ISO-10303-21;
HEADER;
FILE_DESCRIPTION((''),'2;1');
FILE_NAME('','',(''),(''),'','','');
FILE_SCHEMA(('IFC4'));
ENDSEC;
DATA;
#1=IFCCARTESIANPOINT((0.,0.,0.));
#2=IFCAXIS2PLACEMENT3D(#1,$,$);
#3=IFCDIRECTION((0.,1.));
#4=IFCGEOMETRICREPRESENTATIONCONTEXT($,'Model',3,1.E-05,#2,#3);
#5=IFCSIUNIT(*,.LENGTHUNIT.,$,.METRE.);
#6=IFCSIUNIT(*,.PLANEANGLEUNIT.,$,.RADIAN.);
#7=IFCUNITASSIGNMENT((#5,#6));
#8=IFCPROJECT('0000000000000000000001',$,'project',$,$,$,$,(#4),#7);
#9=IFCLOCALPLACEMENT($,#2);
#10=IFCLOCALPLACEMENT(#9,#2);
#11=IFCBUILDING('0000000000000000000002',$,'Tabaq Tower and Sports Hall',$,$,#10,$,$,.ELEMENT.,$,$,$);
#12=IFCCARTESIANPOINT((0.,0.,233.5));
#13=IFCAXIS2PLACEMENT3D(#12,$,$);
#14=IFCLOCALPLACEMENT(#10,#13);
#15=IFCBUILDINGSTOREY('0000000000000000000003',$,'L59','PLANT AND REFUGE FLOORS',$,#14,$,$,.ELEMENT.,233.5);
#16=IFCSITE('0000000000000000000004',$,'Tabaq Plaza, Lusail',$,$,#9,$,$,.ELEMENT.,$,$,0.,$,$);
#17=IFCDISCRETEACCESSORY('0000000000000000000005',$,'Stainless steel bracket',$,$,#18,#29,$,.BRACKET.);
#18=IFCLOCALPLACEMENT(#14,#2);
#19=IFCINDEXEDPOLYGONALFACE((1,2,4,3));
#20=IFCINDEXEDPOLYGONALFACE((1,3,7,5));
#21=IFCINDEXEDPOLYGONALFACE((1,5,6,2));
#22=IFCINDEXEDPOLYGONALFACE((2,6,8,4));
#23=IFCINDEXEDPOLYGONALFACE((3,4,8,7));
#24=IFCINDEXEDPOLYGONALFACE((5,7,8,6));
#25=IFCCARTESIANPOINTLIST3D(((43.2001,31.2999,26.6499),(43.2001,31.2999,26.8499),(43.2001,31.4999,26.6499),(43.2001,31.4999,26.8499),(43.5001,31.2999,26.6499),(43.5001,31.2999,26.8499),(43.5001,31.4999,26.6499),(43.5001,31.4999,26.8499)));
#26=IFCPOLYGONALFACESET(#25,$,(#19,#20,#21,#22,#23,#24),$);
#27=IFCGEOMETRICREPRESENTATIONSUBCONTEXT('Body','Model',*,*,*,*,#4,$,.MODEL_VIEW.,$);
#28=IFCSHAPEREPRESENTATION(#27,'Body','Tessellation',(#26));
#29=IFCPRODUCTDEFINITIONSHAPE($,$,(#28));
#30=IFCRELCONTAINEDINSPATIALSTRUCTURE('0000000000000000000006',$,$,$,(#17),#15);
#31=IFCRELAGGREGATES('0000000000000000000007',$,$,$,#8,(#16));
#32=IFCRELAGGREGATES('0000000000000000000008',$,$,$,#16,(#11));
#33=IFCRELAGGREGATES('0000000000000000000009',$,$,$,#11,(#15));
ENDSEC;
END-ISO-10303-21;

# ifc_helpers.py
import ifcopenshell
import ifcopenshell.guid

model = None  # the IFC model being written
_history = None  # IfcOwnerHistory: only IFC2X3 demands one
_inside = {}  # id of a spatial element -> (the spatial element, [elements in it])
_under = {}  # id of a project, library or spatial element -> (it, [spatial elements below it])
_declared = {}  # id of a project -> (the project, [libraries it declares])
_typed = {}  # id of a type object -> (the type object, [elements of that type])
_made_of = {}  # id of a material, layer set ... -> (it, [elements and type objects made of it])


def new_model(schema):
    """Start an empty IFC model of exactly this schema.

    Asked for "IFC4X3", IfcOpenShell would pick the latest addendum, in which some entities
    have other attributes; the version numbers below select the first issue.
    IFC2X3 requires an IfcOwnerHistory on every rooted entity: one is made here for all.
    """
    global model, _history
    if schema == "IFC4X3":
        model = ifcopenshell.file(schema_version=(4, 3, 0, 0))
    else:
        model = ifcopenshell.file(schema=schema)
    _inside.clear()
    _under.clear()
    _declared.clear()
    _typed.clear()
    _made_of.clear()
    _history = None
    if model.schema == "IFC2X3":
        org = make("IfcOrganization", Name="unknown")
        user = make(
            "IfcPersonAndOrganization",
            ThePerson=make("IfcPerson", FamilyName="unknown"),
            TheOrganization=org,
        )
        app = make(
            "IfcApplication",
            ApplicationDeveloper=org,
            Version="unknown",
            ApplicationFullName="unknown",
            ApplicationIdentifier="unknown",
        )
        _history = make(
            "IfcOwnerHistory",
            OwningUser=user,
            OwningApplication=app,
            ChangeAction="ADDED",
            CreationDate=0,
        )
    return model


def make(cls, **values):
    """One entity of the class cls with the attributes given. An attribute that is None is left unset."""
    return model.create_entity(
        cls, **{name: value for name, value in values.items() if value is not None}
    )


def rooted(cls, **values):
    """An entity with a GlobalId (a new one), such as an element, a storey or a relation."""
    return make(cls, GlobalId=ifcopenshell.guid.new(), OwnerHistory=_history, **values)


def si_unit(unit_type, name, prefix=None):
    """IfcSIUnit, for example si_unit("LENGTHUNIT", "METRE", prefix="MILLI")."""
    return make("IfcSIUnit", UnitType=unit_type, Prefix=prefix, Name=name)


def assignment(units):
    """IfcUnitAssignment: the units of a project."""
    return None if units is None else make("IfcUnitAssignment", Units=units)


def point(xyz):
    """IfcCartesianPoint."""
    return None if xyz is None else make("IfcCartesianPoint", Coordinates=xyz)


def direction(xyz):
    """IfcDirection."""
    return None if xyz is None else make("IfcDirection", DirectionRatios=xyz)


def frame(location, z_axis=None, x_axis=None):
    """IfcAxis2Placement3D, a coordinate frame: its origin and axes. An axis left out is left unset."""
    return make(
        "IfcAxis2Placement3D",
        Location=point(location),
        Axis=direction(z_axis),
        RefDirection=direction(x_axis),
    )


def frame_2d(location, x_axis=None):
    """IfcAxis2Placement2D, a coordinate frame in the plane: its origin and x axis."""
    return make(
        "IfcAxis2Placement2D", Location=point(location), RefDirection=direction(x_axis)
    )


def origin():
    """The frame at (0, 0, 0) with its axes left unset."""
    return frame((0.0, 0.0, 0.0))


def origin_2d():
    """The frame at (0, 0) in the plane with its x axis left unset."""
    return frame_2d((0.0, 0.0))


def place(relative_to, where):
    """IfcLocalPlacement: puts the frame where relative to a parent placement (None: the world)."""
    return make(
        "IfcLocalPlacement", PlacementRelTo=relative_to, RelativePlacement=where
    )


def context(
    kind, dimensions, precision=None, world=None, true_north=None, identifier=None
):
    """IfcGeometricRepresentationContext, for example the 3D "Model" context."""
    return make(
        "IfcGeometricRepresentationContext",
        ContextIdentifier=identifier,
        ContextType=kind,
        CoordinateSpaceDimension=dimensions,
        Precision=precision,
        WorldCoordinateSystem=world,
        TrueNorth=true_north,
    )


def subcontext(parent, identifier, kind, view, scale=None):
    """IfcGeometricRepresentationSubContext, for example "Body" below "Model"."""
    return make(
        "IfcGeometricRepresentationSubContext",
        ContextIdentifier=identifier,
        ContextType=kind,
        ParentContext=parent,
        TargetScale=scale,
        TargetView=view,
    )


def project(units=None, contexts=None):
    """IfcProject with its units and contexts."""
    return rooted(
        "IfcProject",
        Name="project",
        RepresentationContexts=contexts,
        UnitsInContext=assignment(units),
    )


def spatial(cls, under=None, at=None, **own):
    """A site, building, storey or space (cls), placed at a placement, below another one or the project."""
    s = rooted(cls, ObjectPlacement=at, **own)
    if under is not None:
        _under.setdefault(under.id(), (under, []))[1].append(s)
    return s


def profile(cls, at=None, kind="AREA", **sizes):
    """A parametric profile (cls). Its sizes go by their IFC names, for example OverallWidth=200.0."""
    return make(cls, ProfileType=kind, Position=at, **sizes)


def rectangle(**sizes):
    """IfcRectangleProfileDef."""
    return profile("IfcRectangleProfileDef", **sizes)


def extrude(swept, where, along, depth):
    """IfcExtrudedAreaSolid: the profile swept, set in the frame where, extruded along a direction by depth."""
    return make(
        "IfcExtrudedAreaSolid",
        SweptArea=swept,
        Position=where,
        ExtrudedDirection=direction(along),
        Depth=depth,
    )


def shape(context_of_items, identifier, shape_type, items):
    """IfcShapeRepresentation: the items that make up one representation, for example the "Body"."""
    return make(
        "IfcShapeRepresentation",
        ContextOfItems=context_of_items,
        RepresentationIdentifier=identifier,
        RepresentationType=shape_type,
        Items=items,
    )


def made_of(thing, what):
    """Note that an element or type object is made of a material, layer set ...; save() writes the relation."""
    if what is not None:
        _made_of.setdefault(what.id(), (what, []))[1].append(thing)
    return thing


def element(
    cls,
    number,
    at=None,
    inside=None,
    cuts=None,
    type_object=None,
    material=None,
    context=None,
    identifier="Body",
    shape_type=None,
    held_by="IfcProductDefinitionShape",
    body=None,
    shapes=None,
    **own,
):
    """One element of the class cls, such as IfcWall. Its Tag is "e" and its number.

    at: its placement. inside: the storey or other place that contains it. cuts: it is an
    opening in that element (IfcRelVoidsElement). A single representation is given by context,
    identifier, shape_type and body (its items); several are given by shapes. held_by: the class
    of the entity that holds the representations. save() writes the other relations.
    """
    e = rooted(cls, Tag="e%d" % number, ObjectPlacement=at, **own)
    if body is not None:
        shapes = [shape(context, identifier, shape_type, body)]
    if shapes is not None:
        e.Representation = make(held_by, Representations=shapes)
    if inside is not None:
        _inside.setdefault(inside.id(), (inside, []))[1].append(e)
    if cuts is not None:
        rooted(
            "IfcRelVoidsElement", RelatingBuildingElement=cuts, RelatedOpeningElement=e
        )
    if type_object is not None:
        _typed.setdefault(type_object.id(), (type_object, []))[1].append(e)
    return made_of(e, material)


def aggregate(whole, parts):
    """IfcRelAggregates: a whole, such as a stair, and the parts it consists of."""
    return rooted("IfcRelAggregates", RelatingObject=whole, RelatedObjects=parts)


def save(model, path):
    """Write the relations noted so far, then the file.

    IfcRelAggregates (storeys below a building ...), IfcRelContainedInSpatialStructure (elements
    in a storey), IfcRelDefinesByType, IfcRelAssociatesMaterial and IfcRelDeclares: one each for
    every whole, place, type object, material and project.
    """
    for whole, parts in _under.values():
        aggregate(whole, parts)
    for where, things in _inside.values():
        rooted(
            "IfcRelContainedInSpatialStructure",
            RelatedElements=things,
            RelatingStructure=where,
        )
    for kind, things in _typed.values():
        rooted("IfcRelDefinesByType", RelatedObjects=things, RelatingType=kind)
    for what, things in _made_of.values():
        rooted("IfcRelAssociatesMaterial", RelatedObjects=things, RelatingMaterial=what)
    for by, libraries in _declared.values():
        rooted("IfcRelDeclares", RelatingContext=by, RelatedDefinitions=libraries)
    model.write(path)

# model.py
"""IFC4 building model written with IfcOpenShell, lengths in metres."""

from ifc_helpers import new_model, si_unit, direction, frame, origin, origin_2d, place, context, subcontext, project, spatial, rectangle, extrude, element, save


model = new_model("IFC4")

# Units and contexts
model_context = context("Model", 3, precision=1e-05, world=origin(), true_north=direction((0.0, 1.0)))
body_context = subcontext(model_context, "Body", "Model", "MODEL_VIEW")
ifc_project = project(units=[si_unit("LENGTHUNIT", "METRE"), si_unit("PLANEANGLEUNIT", "RADIAN")], contexts=[model_context])

# Site, building, storey
site_placement = place(None, origin())
site = spatial("IfcSite", under=ifc_project, at=site_placement, Name="Tabaq Plaza, Lusail", CompositionType="ELEMENT", RefElevation=0.0)
building_placement = place(site_placement, origin())
building = spatial("IfcBuilding", under=site, at=building_placement, Name="Tabaq Tower and Sports Hall", CompositionType="ELEMENT")
storey_placement = place(building_placement, frame((0.0, 0.0, 233.5)))
storey = spatial("IfcBuildingStorey", under=building, at=storey_placement, Name="L59", Description="PLANT AND REFUGE FLOORS", CompositionType="ELEMENT", Elevation=233.5)

# Discrete accessory
for number, where, z_axis, x_axis, name in (
    (1, (43.3501, 31.3999, 26.6499), (0.0, 0.0, 1.0), (0.0, 1.0, 0.0), "Stainless steel bracket"),
):
    element("IfcDiscreteAccessory", number, at=place(storey_placement, frame(where, z_axis=z_axis, x_axis=x_axis)), inside=storey, Name=name, PredefinedType="BRACKET", context=body_context, shape_type="SweptSolid", body=[
        extrude(rectangle(XDim=0.2, YDim=0.3, at=origin_2d()), origin(), (0.0, 0.0, 1.0), 0.2),
    ])

save(model, "model.ifc")
